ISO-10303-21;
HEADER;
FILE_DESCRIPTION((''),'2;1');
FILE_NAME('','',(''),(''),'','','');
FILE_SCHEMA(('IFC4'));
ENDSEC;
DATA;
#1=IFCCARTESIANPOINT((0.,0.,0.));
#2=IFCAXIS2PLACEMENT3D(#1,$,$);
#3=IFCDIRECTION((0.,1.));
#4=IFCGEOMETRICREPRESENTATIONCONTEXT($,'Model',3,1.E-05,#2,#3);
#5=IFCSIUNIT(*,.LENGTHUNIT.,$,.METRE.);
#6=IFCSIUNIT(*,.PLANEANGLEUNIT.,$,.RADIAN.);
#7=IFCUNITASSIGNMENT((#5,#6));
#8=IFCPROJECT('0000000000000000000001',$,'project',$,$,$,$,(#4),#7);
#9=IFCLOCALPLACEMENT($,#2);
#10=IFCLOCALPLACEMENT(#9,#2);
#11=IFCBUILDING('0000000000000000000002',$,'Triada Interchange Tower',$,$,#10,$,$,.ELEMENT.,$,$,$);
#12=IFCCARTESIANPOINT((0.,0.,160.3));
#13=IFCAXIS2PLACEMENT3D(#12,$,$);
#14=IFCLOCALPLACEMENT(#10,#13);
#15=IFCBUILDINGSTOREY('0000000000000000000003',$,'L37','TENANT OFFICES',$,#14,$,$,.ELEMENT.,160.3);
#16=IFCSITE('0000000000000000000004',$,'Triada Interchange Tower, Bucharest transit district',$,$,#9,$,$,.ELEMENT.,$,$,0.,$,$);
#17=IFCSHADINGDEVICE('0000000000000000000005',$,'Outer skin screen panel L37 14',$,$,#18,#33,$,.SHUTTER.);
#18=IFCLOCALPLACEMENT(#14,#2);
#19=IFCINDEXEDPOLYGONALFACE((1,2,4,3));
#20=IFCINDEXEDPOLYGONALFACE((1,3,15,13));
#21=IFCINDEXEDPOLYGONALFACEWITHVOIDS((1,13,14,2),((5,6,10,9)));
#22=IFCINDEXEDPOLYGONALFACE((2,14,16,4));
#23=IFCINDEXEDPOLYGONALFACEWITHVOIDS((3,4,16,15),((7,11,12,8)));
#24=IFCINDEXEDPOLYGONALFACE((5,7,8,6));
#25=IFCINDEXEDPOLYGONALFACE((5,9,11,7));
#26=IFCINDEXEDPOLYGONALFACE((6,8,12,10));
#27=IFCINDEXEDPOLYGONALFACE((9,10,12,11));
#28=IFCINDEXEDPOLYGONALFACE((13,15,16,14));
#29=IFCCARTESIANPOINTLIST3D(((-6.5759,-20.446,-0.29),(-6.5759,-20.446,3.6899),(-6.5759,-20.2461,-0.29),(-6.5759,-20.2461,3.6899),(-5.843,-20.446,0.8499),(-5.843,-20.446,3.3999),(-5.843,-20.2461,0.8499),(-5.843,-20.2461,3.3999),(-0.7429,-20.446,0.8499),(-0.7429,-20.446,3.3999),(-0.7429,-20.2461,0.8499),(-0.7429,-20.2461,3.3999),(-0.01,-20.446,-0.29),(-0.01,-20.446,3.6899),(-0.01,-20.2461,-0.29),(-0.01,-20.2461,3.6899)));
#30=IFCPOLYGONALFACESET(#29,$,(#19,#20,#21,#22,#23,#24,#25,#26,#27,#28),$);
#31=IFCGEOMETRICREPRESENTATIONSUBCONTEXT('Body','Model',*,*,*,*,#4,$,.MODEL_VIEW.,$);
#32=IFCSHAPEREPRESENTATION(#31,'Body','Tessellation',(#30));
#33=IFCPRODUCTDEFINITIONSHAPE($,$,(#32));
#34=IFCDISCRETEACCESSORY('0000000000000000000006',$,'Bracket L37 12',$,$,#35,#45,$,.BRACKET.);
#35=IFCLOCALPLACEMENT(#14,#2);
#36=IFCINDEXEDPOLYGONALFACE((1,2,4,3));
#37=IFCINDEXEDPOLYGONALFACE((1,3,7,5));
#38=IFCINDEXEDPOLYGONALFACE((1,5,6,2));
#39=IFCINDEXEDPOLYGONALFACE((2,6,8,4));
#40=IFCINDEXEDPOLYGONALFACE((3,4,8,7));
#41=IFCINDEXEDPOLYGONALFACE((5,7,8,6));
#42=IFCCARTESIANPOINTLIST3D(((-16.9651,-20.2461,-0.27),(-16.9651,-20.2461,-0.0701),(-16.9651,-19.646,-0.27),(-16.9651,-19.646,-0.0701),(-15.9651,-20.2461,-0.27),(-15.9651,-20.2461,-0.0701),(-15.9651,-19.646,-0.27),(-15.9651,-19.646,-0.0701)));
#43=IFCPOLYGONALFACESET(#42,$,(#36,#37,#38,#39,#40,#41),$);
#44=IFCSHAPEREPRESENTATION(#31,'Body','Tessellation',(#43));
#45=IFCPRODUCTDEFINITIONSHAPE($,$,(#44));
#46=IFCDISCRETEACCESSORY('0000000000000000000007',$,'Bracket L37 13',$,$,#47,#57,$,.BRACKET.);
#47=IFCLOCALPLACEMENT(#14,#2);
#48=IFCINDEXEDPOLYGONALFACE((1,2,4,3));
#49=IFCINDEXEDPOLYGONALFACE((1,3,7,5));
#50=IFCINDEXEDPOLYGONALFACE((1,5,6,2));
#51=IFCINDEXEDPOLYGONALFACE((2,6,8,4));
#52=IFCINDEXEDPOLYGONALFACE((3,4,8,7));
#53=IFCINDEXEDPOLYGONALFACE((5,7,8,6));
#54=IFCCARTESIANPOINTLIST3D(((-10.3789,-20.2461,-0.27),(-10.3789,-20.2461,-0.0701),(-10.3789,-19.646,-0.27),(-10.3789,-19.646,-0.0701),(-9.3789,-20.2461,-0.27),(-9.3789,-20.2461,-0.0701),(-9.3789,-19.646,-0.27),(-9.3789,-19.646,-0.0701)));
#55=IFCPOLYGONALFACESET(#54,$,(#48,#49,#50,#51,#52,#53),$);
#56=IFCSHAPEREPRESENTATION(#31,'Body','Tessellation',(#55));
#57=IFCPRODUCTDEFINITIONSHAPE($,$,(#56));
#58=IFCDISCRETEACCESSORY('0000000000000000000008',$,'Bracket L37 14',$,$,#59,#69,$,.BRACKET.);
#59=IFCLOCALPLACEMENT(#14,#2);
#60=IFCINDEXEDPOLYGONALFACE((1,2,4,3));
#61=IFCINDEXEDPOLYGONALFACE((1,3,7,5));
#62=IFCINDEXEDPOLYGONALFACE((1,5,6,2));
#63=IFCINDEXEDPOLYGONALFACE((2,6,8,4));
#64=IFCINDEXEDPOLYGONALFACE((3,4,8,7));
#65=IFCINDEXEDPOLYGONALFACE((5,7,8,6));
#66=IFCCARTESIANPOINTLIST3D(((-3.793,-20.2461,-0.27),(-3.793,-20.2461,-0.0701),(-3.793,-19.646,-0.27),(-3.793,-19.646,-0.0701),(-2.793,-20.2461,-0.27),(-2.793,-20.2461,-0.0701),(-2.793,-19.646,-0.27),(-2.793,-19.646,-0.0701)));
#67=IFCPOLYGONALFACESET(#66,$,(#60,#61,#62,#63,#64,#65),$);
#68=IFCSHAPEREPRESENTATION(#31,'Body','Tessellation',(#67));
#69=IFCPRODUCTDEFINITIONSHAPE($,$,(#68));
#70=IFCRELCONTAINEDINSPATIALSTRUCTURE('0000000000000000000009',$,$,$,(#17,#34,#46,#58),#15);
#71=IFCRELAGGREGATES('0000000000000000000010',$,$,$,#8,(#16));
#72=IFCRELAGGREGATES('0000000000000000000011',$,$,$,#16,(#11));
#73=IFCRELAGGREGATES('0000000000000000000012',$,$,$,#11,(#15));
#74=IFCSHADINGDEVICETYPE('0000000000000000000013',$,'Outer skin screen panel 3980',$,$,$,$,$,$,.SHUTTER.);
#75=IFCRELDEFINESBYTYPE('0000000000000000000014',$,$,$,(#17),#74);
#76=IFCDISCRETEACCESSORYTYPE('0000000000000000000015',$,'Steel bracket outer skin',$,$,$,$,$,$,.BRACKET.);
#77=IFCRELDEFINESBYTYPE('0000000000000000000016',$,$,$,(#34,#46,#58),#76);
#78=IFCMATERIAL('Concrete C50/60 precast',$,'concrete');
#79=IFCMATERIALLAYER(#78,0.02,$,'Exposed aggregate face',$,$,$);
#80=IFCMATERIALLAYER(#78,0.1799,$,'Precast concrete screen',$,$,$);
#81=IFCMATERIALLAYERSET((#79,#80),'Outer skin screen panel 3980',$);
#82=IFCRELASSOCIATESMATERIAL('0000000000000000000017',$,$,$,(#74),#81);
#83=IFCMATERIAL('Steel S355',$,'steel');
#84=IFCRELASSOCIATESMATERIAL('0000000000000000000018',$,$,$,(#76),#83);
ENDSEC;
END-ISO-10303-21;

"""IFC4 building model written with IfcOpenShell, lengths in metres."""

from ifc_helpers import new_model, si_unit, direction, frame, origin, origin_2d, place, context, subcontext, project, spatial, polyline, rectangle, outline, extrude, material, layer, layer_set, type_object, element, save


model = new_model("IFC4")

# Units and contexts
model_context = context("Model", 3, precision=1e-05, world=origin(), true_north=direction((0.0, 1.0)))
body_context = subcontext(model_context, "Body", "Model", "MODEL_VIEW")
ifc_project = project(units=[si_unit("LENGTHUNIT", "METRE"), si_unit("PLANEANGLEUNIT", "RADIAN")], contexts=[model_context])

# Site, building, storey
site_placement = place(None, origin())
site = spatial("IfcSite", under=ifc_project, at=site_placement, Name="Triada Interchange Tower, Bucharest transit district", CompositionType="ELEMENT", RefElevation=0.0)
building_placement = place(site_placement, origin())
building = spatial("IfcBuilding", under=site, at=building_placement, Name="Triada Interchange Tower", CompositionType="ELEMENT")
storey_placement = place(building_placement, frame((0.0, 0.0, 160.3)))
storey = spatial("IfcBuildingStorey", under=building, at=storey_placement, Name="L37", Description="TENANT OFFICES", CompositionType="ELEMENT", Elevation=160.3)

# Shading device
ifc_material_1 = material(Name="Concrete C50/60 precast", Category="concrete")
ifc_layer_1 = layer(ifc_material_1, 0.02, Name="Exposed aggregate face")
ifc_layer_2 = layer(ifc_material_1, 0.1799, Name="Precast concrete screen")
ifc_layer_set_1 = layer_set([ifc_layer_1, ifc_layer_2], Name="Outer skin screen panel 3980")
shading_device_type = type_object("IfcShadingDeviceType", Name="Outer skin screen panel 3980", PredefinedType="SHUTTER", material=ifc_layer_set_1)
shading_device_1_placement = place(storey_placement, frame((-6.5759, -20.2461, -0.29), z_axis=(0.0, 0.0, 1.0), x_axis=(1.0, 0.0, 0.0)))
element("IfcShadingDevice", 1, at=shading_device_1_placement, inside=storey, type_object=shading_device_type, Name="Outer skin screen panel L37 14", PredefinedType="SHUTTER", context=body_context, shape_type="SweptSolid", body=[
    extrude(outline(polyline([(0.0, 0.0), (6.5659, 0.0), (6.5659, 3.98), (0.0, 3.98), (0.0, 0.0)]), holes=[polyline([(0.7329, 1.1399), (0.7329, 3.6899), (5.833, 3.6899), (5.833, 1.1399), (0.7329, 1.1399)])]), frame((0.0, 0.0, 0.0), z_axis=(0.0, -1.0, 0.0), x_axis=(1.0, 0.0, 0.0)), (0.0, 0.0, 1.0), 0.2),
])

# Discrete accessories
ifc_material_2 = material(Name="Steel S355", Category="steel")
discrete_accessory_type = type_object("IfcDiscreteAccessoryType", Name="Steel bracket outer skin", PredefinedType="BRACKET", material=ifc_material_2)
for number, where, z_axis, x_axis, name in (
    (2, (-16.4651, -19.946, -0.27), (0.0, 0.0, 1.0), (0.0, -1.0, 0.0), "Bracket L37 12"),
    (3, (-9.8789, -19.946, -0.27), (0.0, 0.0, 1.0), (0.0, -1.0, 0.0), "Bracket L37 13"),
    (4, (-3.293, -19.946, -0.27), (0.0, 0.0, 1.0), (0.0, -1.0, 0.0), "Bracket L37 14"),
):
    element("IfcDiscreteAccessory", number, at=place(storey_placement, frame(where, z_axis=z_axis, x_axis=x_axis)), inside=storey, type_object=discrete_accessory_type, Name=name, PredefinedType="BRACKET", context=body_context, shape_type="SweptSolid", body=[
        extrude(rectangle(XDim=0.6001, YDim=1.0, at=origin_2d()), origin(), (0.0, 0.0, 1.0), 0.2),
    ])

save(model, "model.ifc")
